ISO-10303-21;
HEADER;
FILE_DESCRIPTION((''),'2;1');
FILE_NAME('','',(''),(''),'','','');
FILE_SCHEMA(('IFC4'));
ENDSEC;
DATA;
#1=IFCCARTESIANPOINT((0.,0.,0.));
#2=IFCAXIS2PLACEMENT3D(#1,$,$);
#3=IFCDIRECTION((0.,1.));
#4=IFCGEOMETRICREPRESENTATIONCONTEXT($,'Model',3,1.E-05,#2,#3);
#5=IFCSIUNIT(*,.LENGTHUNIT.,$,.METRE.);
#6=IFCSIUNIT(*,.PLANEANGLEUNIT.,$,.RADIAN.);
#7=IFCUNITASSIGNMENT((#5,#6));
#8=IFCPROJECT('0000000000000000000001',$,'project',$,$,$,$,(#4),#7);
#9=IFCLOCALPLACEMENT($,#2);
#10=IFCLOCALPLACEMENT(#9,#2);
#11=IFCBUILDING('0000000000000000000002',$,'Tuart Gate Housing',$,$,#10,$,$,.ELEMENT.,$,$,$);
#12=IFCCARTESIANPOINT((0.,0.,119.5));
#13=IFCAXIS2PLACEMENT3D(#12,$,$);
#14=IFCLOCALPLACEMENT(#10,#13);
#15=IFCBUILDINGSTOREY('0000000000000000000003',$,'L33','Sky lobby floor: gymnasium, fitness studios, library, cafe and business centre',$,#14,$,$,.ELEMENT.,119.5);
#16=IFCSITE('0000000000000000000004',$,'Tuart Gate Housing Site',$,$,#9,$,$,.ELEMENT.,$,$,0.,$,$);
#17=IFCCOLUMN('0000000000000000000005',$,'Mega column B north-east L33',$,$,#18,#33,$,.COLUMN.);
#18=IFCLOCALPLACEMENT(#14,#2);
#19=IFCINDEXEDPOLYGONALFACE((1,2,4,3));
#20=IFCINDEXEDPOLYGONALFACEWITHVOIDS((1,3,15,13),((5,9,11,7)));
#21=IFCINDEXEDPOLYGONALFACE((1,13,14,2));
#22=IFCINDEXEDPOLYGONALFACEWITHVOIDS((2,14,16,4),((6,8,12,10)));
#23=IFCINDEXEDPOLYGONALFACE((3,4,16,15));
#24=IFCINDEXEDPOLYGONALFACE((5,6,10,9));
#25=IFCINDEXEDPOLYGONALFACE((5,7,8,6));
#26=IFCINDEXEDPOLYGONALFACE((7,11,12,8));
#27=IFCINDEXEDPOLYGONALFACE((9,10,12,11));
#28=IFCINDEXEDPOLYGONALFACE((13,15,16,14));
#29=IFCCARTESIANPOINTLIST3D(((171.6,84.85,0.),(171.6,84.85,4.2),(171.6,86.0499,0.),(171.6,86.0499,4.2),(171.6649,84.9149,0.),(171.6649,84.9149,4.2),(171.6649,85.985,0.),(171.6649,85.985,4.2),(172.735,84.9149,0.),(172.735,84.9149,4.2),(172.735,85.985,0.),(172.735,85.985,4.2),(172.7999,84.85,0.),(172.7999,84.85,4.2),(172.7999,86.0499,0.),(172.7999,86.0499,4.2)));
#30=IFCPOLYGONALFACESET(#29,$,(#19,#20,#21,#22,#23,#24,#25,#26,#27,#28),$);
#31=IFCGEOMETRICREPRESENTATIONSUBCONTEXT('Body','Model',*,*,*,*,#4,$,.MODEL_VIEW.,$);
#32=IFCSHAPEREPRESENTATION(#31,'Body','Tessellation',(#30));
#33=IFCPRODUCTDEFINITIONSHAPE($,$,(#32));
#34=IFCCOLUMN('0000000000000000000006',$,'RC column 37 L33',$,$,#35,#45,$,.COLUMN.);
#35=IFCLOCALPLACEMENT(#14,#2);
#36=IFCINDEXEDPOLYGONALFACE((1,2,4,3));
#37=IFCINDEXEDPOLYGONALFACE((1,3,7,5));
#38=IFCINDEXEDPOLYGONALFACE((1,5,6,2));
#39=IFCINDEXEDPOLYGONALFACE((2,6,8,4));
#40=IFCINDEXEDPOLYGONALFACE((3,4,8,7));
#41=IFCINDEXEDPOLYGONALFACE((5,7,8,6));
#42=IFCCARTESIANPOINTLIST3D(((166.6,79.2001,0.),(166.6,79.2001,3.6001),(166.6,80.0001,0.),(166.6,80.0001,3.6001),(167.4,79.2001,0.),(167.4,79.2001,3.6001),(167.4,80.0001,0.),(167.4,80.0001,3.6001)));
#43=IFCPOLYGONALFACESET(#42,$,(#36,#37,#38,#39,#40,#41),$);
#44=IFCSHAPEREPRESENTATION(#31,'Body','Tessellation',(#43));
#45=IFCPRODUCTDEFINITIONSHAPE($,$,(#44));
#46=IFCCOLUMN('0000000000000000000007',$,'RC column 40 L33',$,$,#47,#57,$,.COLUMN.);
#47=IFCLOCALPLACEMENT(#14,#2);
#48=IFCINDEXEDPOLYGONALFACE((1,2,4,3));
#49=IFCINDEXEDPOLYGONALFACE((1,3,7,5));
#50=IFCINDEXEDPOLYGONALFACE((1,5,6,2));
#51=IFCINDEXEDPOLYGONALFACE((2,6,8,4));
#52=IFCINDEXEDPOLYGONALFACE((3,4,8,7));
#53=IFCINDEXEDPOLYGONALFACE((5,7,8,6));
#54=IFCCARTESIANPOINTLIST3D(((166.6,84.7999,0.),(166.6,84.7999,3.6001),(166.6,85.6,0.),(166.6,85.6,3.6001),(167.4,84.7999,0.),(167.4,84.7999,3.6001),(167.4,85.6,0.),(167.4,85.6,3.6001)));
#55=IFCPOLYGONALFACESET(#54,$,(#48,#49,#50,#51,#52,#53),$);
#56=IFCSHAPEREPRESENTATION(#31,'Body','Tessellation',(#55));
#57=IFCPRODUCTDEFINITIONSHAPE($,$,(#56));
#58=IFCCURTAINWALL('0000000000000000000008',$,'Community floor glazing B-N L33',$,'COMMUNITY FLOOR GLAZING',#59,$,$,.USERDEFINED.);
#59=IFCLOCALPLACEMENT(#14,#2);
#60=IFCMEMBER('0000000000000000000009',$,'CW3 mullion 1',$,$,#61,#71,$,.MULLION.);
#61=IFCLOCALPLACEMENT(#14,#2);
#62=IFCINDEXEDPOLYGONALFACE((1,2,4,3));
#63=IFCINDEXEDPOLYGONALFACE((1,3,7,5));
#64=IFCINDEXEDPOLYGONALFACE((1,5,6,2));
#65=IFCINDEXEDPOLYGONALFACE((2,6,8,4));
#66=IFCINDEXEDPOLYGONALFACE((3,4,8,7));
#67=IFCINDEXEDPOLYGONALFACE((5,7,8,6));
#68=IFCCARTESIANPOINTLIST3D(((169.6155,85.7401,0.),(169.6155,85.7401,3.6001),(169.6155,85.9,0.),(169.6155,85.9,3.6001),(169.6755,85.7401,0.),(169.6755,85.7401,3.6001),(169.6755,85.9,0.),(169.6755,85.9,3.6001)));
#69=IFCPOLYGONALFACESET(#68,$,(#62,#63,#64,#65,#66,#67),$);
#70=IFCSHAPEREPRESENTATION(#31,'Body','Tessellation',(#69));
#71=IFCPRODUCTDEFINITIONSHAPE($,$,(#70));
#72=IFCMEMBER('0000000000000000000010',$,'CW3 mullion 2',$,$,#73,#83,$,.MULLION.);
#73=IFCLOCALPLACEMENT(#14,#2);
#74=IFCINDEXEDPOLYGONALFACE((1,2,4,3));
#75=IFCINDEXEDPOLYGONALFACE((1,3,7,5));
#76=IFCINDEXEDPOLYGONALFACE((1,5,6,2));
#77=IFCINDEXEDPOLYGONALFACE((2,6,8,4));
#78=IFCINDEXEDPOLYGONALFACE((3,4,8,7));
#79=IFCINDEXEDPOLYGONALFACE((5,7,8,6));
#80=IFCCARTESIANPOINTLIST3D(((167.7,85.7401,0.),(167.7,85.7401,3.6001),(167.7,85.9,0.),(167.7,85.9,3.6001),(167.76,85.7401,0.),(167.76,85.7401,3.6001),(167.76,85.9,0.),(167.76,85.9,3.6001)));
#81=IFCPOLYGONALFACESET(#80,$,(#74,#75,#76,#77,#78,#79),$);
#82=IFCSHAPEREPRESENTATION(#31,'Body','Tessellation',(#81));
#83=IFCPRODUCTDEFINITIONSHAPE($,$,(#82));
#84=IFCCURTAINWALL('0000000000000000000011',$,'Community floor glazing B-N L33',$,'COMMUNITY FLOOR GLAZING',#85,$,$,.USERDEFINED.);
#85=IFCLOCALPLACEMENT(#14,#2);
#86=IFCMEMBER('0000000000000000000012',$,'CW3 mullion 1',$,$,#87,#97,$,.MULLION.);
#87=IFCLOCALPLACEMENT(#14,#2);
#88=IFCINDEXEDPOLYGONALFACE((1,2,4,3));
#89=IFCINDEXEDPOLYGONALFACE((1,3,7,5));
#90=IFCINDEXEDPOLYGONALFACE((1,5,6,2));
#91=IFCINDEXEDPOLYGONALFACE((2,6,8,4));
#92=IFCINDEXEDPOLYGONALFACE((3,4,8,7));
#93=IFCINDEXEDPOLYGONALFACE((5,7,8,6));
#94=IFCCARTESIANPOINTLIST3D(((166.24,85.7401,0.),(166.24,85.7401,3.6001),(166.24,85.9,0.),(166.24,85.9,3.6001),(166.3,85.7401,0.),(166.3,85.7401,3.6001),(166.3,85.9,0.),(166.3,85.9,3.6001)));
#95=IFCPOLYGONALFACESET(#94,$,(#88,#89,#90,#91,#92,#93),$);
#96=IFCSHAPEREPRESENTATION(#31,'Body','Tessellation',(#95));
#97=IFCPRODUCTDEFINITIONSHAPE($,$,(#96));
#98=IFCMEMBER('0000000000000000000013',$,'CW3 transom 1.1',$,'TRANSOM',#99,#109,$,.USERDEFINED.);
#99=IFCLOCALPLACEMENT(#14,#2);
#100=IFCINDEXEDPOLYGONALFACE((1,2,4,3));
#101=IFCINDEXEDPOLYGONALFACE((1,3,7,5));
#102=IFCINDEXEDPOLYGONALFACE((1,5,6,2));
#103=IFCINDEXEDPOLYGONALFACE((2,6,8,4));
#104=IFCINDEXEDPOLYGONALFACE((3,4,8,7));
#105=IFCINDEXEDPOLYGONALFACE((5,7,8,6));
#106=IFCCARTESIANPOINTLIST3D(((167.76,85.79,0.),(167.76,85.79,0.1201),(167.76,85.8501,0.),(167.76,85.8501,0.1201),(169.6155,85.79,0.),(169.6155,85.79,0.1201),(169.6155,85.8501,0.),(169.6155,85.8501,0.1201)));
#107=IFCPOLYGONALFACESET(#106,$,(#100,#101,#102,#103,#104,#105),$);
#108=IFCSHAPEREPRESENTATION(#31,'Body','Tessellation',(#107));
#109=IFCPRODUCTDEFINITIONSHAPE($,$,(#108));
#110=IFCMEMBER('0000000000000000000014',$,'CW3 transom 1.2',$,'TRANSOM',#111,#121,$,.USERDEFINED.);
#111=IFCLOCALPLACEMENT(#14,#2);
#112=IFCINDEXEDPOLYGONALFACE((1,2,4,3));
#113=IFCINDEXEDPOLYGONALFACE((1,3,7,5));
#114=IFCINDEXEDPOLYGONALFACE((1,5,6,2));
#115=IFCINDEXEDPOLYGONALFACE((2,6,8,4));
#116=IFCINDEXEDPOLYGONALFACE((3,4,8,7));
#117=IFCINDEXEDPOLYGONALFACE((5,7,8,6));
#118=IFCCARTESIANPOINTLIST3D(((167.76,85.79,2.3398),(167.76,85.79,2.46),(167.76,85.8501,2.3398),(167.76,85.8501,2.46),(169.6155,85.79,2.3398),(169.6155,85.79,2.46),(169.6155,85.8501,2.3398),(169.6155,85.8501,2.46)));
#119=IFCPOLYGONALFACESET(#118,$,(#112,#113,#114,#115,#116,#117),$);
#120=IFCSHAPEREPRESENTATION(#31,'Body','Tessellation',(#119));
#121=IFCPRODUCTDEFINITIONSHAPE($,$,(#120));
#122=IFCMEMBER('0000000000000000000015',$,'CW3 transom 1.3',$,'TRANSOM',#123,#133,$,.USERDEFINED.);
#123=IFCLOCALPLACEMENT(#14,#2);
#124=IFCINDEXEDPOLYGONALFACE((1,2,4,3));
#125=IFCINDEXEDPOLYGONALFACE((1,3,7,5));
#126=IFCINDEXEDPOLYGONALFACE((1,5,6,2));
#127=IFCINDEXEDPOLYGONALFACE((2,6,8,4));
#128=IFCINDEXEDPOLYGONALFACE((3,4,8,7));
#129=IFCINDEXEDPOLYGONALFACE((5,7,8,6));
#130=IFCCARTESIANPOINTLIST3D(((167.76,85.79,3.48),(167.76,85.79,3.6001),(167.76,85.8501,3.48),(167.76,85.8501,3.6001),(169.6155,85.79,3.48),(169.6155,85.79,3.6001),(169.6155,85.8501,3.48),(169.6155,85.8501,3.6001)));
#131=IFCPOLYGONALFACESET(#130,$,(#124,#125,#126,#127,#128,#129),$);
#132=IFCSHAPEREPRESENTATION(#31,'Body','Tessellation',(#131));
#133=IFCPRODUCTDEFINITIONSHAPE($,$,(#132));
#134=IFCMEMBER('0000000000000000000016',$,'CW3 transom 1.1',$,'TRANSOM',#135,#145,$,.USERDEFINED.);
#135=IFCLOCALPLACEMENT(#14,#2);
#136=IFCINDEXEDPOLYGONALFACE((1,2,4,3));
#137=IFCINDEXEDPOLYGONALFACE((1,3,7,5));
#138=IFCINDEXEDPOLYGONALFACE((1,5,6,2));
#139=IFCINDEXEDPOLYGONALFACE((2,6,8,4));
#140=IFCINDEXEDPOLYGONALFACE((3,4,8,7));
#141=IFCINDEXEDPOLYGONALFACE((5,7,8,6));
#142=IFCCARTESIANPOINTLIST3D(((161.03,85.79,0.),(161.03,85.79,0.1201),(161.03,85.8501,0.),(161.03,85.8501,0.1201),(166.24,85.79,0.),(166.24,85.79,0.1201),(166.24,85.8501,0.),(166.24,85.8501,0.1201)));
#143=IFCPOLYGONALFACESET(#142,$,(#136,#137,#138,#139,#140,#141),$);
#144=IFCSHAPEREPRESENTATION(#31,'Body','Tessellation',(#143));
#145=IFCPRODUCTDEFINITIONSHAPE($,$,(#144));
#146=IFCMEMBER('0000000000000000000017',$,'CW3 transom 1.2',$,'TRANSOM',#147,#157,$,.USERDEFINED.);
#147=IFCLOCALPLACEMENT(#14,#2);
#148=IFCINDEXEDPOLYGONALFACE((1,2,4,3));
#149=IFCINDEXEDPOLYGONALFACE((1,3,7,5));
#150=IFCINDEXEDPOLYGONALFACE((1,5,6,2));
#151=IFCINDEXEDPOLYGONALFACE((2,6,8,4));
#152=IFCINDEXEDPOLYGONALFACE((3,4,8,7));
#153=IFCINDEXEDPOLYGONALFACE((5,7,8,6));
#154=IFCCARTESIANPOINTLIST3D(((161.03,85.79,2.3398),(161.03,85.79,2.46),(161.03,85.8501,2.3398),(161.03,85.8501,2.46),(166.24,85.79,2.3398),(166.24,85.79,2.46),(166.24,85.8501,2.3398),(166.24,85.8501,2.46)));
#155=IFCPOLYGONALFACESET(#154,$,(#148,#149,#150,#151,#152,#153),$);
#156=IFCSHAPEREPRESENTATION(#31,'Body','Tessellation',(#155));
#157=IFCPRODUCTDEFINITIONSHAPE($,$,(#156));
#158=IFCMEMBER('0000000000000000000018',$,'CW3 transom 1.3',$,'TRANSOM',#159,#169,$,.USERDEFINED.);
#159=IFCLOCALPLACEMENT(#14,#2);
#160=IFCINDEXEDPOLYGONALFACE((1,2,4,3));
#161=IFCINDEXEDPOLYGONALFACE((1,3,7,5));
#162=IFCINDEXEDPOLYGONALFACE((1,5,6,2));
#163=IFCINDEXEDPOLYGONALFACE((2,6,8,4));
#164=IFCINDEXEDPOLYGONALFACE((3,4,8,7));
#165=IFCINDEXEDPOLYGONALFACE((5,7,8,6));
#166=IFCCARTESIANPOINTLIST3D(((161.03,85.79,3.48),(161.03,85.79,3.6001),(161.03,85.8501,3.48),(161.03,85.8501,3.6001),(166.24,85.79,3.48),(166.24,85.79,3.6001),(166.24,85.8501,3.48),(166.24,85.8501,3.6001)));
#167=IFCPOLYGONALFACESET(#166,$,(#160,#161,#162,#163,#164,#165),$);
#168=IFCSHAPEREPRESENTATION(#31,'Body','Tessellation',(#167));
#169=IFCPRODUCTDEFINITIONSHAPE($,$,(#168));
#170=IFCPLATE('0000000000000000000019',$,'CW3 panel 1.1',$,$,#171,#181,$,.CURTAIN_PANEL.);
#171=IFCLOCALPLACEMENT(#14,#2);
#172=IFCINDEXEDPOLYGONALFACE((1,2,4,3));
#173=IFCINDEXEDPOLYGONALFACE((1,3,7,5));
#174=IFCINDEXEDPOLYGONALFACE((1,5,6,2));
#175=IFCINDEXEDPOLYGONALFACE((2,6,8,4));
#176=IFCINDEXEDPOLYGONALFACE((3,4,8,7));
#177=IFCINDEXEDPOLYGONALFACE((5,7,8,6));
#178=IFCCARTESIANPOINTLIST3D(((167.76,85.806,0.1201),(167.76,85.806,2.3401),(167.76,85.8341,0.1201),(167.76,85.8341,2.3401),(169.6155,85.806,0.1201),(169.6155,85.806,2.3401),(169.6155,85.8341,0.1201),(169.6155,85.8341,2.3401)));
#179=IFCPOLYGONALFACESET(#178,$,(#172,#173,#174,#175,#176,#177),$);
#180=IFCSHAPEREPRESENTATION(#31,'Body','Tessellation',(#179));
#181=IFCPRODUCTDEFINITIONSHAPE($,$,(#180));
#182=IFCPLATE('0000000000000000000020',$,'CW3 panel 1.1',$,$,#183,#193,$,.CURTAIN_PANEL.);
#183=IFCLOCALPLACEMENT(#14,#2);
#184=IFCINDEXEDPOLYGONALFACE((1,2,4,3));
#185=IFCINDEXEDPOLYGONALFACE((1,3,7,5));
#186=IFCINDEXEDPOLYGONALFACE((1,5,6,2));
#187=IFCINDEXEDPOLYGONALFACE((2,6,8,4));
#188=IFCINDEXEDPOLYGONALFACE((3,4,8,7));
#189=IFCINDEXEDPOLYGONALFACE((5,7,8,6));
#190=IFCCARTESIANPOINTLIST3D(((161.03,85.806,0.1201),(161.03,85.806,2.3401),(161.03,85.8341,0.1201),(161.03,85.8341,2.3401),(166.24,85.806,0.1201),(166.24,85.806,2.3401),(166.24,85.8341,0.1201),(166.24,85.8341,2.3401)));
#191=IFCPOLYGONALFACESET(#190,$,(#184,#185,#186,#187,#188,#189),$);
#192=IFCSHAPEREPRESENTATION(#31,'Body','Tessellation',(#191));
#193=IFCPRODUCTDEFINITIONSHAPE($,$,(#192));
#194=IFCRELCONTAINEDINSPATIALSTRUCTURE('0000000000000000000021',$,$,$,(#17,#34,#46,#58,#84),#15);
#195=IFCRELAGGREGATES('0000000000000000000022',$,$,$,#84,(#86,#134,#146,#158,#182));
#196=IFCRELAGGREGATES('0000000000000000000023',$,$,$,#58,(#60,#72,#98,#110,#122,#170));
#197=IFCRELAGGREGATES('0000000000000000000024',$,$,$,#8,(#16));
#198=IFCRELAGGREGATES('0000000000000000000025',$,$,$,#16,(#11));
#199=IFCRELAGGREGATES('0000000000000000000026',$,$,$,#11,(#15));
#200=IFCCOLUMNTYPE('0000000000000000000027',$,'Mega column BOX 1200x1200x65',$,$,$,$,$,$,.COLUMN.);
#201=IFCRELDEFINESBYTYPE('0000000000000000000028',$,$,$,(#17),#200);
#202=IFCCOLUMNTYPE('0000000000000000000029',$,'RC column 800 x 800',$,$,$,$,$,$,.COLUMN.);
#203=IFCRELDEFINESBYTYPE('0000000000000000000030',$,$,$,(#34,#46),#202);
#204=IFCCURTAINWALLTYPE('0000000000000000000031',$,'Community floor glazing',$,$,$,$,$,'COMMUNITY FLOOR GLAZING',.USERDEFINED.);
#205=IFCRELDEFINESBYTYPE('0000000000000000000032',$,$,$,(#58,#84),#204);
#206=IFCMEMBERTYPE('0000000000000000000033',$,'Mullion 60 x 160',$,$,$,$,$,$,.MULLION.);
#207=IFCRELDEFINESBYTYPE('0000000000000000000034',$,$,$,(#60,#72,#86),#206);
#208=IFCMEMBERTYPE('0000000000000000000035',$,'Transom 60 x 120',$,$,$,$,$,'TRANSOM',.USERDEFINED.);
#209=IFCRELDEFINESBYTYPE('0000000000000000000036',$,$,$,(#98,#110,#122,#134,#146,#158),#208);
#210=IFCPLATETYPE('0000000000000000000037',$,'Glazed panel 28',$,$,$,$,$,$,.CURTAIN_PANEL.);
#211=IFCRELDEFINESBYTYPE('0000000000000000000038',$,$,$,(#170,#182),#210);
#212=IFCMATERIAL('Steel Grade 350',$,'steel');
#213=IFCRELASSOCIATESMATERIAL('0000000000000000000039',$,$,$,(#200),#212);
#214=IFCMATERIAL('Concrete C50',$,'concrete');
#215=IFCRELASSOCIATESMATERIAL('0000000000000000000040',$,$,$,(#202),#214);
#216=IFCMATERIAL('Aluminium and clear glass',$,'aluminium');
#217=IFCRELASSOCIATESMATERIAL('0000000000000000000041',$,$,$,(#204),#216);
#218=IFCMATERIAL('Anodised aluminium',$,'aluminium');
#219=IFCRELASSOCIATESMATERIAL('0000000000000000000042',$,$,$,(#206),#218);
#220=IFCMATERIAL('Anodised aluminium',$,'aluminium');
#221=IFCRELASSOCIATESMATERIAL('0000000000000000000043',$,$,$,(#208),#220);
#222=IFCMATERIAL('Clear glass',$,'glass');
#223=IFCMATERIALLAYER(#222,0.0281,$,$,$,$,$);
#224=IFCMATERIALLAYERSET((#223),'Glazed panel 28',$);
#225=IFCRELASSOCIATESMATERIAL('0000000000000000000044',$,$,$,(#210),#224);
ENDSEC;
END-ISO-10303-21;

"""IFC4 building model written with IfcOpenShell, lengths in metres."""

from ifc_helpers import new_model, si_unit, direction, frame, origin, origin_2d, place, context, subcontext, project, spatial, rectangle, hollow_rectangle, extrude, material, layer, layer_set, material_profile, profile_set, type_object, element, aggregate, save


model = new_model("IFC4")

# Units and contexts
model_context = context("Model", 3, precision=1e-05, world=origin(), true_north=direction((0.0, 1.0)))
body_context = subcontext(model_context, "Body", "Model", "MODEL_VIEW")
ifc_project = project(units=[si_unit("LENGTHUNIT", "METRE"), si_unit("PLANEANGLEUNIT", "RADIAN")], contexts=[model_context])

# Site, building, storey
site_placement = place(None, origin())
site = spatial("IfcSite", under=ifc_project, at=site_placement, Name="Tuart Gate Housing Site", CompositionType="ELEMENT", RefElevation=0.0)
building_placement = place(site_placement, origin())
building = spatial("IfcBuilding", under=site, at=building_placement, Name="Tuart Gate Housing", CompositionType="ELEMENT")
storey_placement = place(building_placement, frame((0.0, 0.0, 119.5)))
storey = spatial("IfcBuildingStorey", under=building, at=storey_placement, Name="L33", Description="Sky lobby floor: gymnasium, fitness studios, library, cafe and business centre", CompositionType="ELEMENT", Elevation=119.5)

# Columns
ifc_material_1 = material(Name="Steel Grade 350", Category="steel")
ifc_material_profile_1 = material_profile(ifc_material_1, hollow_rectangle(XDim=1.2, YDim=1.2, WallThickness=0.0649, at=origin_2d()), Name="BOX 1200x1200x65")
ifc_profile_set_1 = profile_set([ifc_material_profile_1], Name="Steel Grade 350")
column_type_1 = type_object("IfcColumnType", Name="Mega column BOX 1200x1200x65", PredefinedType="COLUMN", material=ifc_profile_set_1)
column_placement = place(storey_placement, frame((172.2, 85.45, 0.0), z_axis=(0.0, 0.0, 1.0), x_axis=(1.0, 0.0, 0.0)))
element("IfcColumn", 1, at=column_placement, inside=storey, type_object=column_type_1, Name="Mega column B north-east L33", PredefinedType="COLUMN", context=body_context, shape_type="SweptSolid", body=[
    extrude(hollow_rectangle(XDim=1.2, YDim=1.2, WallThickness=0.0649, at=origin_2d()), origin(), (0.0, 0.0, 1.0), 4.2),
])
ifc_material_2 = material(Name="Concrete C50", Category="concrete")
ifc_material_profile_2 = material_profile(ifc_material_2, rectangle(XDim=0.8, YDim=0.8, at=origin_2d()), Name="RC column 800 x 800")
ifc_profile_set_2 = profile_set([ifc_material_profile_2], Name="Concrete C50")
column_type_2 = type_object("IfcColumnType", Name="RC column 800 x 800", PredefinedType="COLUMN", material=ifc_profile_set_2)
for number, where, z_axis, x_axis, name in (
    (2, (167.0, 79.6001, 0.0), (0.0, 0.0, 1.0), (1.0, 0.0, 0.0), "RC column 37 L33"),
    (3, (167.0, 85.2, 0.0), (0.0, 0.0, 1.0), (1.0, 0.0, 0.0), "RC column 40 L33"),
):
    element("IfcColumn", number, at=place(storey_placement, frame(where, z_axis=z_axis, x_axis=x_axis)), inside=storey, type_object=column_type_2, Name=name, PredefinedType="COLUMN", context=body_context, shape_type="SweptSolid", body=[
        extrude(rectangle(XDim=0.8, YDim=0.8, at=origin_2d()), origin(), (0.0, 0.0, 1.0), 3.6001),
    ])

# Curtain wall, members
ifc_material_3 = material(Name="Aluminium and clear glass", Category="aluminium")
curtain_wall_type = type_object("IfcCurtainWallType", Name="Community floor glazing", ElementType="COMMUNITY FLOOR GLAZING", PredefinedType="USERDEFINED", material=ifc_material_3)
curtain_wall_1_placement = place(storey_placement, origin())
curtain_wall_1 = element("IfcCurtainWall", 4, at=curtain_wall_1_placement, inside=storey, type_object=curtain_wall_type, Name="Community floor glazing B-N L33", ObjectType="COMMUNITY FLOOR GLAZING", PredefinedType="USERDEFINED")
ifc_material_4 = material(Name="Anodised aluminium", Category="aluminium")
ifc_material_profile_3 = material_profile(ifc_material_4, rectangle(XDim=0.0601, YDim=0.1599, at=origin_2d()), Name="60x160")
ifc_profile_set_3 = profile_set([ifc_material_profile_3], Name="Anodised aluminium")
member_type_1 = type_object("IfcMemberType", Name="Mullion 60 x 160", PredefinedType="MULLION", material=ifc_profile_set_3)
member_1_placement = place(storey_placement, frame((169.6455, 85.8201, 0.0), z_axis=(0.0, 0.0, 1.0), x_axis=(-1.0, 0.0, 0.0)))
member_1 = element("IfcMember", 5, at=member_1_placement, type_object=member_type_1, Name="CW3 mullion 1", PredefinedType="MULLION", context=body_context, shape_type="SweptSolid", body=[
    extrude(rectangle(XDim=0.0601, YDim=0.1599, at=origin_2d()), origin(), (0.0, 0.0, 1.0), 3.6001),
])
member_2_placement = place(storey_placement, frame((167.73, 85.8201, 0.0), z_axis=(0.0, 0.0, 1.0), x_axis=(-1.0, 0.0, 0.0)))
member_2 = element("IfcMember", 6, at=member_2_placement, type_object=member_type_1, Name="CW3 mullion 2", PredefinedType="MULLION", context=body_context, shape_type="SweptSolid", body=[
    extrude(rectangle(XDim=0.0601, YDim=0.1599, at=origin_2d()), origin(), (0.0, 0.0, 1.0), 3.6001),
])

# Curtain wall, member
curtain_wall_2_placement = place(storey_placement, origin())
curtain_wall_2 = element("IfcCurtainWall", 7, at=curtain_wall_2_placement, inside=storey, type_object=curtain_wall_type, Name="Community floor glazing B-N L33", ObjectType="COMMUNITY FLOOR GLAZING", PredefinedType="USERDEFINED")
member_3_placement = place(storey_placement, frame((166.27, 85.8201, 0.0), z_axis=(0.0, 0.0, 1.0), x_axis=(-1.0, 0.0, 0.0)))
member_3 = element("IfcMember", 8, at=member_3_placement, type_object=member_type_1, Name="CW3 mullion 1", PredefinedType="MULLION", context=body_context, shape_type="SweptSolid", body=[
    extrude(rectangle(XDim=0.0601, YDim=0.1599, at=origin_2d()), origin(), (0.0, 0.0, 1.0), 3.6001),
])

# Members
ifc_material_5 = material(Name="Anodised aluminium", Category="aluminium")
ifc_material_profile_4 = material_profile(ifc_material_5, rectangle(XDim=0.0601, YDim=0.1201, at=origin_2d()), Name="60x120")
ifc_profile_set_4 = profile_set([ifc_material_profile_4], Name="Anodised aluminium")
member_type_2 = type_object("IfcMemberType", Name="Transom 60 x 120", ElementType="TRANSOM", PredefinedType="USERDEFINED", material=ifc_profile_set_4)
member_4_placement = place(storey_placement, frame((169.6155, 85.8201, 0.0601), z_axis=(-1.0, 0.0, 0.0), x_axis=(0.0, -1.0, 0.0)))
member_4 = element("IfcMember", 9, at=member_4_placement, type_object=member_type_2, Name="CW3 transom 1.1", ObjectType="TRANSOM", PredefinedType="USERDEFINED", context=body_context, shape_type="SweptSolid", body=[
    extrude(rectangle(XDim=0.0601, YDim=0.1201, at=origin_2d()), origin(), (0.0, 0.0, 1.0), 1.8555),
])
member_5_placement = place(storey_placement, frame((169.6155, 85.8201, 2.3999), z_axis=(-1.0, 0.0, 0.0), x_axis=(0.0, -1.0, 0.0)))
member_5 = element("IfcMember", 10, at=member_5_placement, type_object=member_type_2, Name="CW3 transom 1.2", ObjectType="TRANSOM", PredefinedType="USERDEFINED", context=body_context, shape_type="SweptSolid", body=[
    extrude(rectangle(XDim=0.0601, YDim=0.1201, at=origin_2d()), origin(), (0.0, 0.0, 1.0), 1.8555),
])
member_6_placement = place(storey_placement, frame((169.6155, 85.8201, 3.54), z_axis=(-1.0, 0.0, 0.0), x_axis=(0.0, -1.0, 0.0)))
member_6 = element("IfcMember", 11, at=member_6_placement, type_object=member_type_2, Name="CW3 transom 1.3", ObjectType="TRANSOM", PredefinedType="USERDEFINED", context=body_context, shape_type="SweptSolid", body=[
    extrude(rectangle(XDim=0.0601, YDim=0.1201, at=origin_2d()), origin(), (0.0, 0.0, 1.0), 1.8555),
])
member_7_placement = place(storey_placement, frame((166.24, 85.8201, 0.0601), z_axis=(-1.0, 0.0, 0.0), x_axis=(0.0, -1.0, 0.0)))
member_7 = element("IfcMember", 12, at=member_7_placement, type_object=member_type_2, Name="CW3 transom 1.1", ObjectType="TRANSOM", PredefinedType="USERDEFINED", context=body_context, shape_type="SweptSolid", body=[
    extrude(rectangle(XDim=0.0601, YDim=0.1201, at=origin_2d()), origin(), (0.0, 0.0, 1.0), 5.21),
])
member_8_placement = place(storey_placement, frame((166.24, 85.8201, 2.3999), z_axis=(-1.0, 0.0, 0.0), x_axis=(0.0, -1.0, 0.0)))
member_8 = element("IfcMember", 13, at=member_8_placement, type_object=member_type_2, Name="CW3 transom 1.2", ObjectType="TRANSOM", PredefinedType="USERDEFINED", context=body_context, shape_type="SweptSolid", body=[
    extrude(rectangle(XDim=0.0601, YDim=0.1201, at=origin_2d()), origin(), (0.0, 0.0, 1.0), 5.21),
])
member_9_placement = place(storey_placement, frame((166.24, 85.8201, 3.54), z_axis=(-1.0, 0.0, 0.0), x_axis=(0.0, -1.0, 0.0)))
member_9 = element("IfcMember", 14, at=member_9_placement, type_object=member_type_2, Name="CW3 transom 1.3", ObjectType="TRANSOM", PredefinedType="USERDEFINED", context=body_context, shape_type="SweptSolid", body=[
    extrude(rectangle(XDim=0.0601, YDim=0.1201, at=origin_2d()), origin(), (0.0, 0.0, 1.0), 5.21),
])

# Plates
ifc_material_6 = material(Name="Clear glass", Category="glass")
ifc_layer_1 = layer(ifc_material_6, 0.0281)
ifc_layer_set_1 = layer_set([ifc_layer_1], Name="Glazed panel 28")
plate_type_1 = type_object("IfcPlateType", Name="Glazed panel 28", PredefinedType="CURTAIN_PANEL", material=ifc_layer_set_1)
plate_1_placement = place(storey_placement, frame((168.6877, 85.8201, 0.1201), z_axis=(0.0, 0.0, 1.0), x_axis=(-1.0, 0.0, 0.0)))
plate_1 = element("IfcPlate", 15, at=plate_1_placement, type_object=plate_type_1, Name="CW3 panel 1.1", PredefinedType="CURTAIN_PANEL", context=body_context, shape_type="SweptSolid", body=[
    extrude(rectangle(XDim=1.8555, YDim=0.0281, at=origin_2d()), origin(), (0.0, 0.0, 1.0), 2.22),
])
plate_2_placement = place(storey_placement, frame((163.635, 85.8201, 0.1201), z_axis=(0.0, 0.0, 1.0), x_axis=(-1.0, 0.0, 0.0)))
plate_2 = element("IfcPlate", 16, at=plate_2_placement, type_object=plate_type_1, Name="CW3 panel 1.1", PredefinedType="CURTAIN_PANEL", context=body_context, shape_type="SweptSolid", body=[
    extrude(rectangle(XDim=5.21, YDim=0.0281, at=origin_2d()), origin(), (0.0, 0.0, 1.0), 2.22),
])
aggregate(curtain_wall_2, [member_3, member_7, member_8, member_9, plate_2])
aggregate(curtain_wall_1, [member_1, member_2, member_4, member_5, member_6, plate_1])

save(model, "model.ifc")
